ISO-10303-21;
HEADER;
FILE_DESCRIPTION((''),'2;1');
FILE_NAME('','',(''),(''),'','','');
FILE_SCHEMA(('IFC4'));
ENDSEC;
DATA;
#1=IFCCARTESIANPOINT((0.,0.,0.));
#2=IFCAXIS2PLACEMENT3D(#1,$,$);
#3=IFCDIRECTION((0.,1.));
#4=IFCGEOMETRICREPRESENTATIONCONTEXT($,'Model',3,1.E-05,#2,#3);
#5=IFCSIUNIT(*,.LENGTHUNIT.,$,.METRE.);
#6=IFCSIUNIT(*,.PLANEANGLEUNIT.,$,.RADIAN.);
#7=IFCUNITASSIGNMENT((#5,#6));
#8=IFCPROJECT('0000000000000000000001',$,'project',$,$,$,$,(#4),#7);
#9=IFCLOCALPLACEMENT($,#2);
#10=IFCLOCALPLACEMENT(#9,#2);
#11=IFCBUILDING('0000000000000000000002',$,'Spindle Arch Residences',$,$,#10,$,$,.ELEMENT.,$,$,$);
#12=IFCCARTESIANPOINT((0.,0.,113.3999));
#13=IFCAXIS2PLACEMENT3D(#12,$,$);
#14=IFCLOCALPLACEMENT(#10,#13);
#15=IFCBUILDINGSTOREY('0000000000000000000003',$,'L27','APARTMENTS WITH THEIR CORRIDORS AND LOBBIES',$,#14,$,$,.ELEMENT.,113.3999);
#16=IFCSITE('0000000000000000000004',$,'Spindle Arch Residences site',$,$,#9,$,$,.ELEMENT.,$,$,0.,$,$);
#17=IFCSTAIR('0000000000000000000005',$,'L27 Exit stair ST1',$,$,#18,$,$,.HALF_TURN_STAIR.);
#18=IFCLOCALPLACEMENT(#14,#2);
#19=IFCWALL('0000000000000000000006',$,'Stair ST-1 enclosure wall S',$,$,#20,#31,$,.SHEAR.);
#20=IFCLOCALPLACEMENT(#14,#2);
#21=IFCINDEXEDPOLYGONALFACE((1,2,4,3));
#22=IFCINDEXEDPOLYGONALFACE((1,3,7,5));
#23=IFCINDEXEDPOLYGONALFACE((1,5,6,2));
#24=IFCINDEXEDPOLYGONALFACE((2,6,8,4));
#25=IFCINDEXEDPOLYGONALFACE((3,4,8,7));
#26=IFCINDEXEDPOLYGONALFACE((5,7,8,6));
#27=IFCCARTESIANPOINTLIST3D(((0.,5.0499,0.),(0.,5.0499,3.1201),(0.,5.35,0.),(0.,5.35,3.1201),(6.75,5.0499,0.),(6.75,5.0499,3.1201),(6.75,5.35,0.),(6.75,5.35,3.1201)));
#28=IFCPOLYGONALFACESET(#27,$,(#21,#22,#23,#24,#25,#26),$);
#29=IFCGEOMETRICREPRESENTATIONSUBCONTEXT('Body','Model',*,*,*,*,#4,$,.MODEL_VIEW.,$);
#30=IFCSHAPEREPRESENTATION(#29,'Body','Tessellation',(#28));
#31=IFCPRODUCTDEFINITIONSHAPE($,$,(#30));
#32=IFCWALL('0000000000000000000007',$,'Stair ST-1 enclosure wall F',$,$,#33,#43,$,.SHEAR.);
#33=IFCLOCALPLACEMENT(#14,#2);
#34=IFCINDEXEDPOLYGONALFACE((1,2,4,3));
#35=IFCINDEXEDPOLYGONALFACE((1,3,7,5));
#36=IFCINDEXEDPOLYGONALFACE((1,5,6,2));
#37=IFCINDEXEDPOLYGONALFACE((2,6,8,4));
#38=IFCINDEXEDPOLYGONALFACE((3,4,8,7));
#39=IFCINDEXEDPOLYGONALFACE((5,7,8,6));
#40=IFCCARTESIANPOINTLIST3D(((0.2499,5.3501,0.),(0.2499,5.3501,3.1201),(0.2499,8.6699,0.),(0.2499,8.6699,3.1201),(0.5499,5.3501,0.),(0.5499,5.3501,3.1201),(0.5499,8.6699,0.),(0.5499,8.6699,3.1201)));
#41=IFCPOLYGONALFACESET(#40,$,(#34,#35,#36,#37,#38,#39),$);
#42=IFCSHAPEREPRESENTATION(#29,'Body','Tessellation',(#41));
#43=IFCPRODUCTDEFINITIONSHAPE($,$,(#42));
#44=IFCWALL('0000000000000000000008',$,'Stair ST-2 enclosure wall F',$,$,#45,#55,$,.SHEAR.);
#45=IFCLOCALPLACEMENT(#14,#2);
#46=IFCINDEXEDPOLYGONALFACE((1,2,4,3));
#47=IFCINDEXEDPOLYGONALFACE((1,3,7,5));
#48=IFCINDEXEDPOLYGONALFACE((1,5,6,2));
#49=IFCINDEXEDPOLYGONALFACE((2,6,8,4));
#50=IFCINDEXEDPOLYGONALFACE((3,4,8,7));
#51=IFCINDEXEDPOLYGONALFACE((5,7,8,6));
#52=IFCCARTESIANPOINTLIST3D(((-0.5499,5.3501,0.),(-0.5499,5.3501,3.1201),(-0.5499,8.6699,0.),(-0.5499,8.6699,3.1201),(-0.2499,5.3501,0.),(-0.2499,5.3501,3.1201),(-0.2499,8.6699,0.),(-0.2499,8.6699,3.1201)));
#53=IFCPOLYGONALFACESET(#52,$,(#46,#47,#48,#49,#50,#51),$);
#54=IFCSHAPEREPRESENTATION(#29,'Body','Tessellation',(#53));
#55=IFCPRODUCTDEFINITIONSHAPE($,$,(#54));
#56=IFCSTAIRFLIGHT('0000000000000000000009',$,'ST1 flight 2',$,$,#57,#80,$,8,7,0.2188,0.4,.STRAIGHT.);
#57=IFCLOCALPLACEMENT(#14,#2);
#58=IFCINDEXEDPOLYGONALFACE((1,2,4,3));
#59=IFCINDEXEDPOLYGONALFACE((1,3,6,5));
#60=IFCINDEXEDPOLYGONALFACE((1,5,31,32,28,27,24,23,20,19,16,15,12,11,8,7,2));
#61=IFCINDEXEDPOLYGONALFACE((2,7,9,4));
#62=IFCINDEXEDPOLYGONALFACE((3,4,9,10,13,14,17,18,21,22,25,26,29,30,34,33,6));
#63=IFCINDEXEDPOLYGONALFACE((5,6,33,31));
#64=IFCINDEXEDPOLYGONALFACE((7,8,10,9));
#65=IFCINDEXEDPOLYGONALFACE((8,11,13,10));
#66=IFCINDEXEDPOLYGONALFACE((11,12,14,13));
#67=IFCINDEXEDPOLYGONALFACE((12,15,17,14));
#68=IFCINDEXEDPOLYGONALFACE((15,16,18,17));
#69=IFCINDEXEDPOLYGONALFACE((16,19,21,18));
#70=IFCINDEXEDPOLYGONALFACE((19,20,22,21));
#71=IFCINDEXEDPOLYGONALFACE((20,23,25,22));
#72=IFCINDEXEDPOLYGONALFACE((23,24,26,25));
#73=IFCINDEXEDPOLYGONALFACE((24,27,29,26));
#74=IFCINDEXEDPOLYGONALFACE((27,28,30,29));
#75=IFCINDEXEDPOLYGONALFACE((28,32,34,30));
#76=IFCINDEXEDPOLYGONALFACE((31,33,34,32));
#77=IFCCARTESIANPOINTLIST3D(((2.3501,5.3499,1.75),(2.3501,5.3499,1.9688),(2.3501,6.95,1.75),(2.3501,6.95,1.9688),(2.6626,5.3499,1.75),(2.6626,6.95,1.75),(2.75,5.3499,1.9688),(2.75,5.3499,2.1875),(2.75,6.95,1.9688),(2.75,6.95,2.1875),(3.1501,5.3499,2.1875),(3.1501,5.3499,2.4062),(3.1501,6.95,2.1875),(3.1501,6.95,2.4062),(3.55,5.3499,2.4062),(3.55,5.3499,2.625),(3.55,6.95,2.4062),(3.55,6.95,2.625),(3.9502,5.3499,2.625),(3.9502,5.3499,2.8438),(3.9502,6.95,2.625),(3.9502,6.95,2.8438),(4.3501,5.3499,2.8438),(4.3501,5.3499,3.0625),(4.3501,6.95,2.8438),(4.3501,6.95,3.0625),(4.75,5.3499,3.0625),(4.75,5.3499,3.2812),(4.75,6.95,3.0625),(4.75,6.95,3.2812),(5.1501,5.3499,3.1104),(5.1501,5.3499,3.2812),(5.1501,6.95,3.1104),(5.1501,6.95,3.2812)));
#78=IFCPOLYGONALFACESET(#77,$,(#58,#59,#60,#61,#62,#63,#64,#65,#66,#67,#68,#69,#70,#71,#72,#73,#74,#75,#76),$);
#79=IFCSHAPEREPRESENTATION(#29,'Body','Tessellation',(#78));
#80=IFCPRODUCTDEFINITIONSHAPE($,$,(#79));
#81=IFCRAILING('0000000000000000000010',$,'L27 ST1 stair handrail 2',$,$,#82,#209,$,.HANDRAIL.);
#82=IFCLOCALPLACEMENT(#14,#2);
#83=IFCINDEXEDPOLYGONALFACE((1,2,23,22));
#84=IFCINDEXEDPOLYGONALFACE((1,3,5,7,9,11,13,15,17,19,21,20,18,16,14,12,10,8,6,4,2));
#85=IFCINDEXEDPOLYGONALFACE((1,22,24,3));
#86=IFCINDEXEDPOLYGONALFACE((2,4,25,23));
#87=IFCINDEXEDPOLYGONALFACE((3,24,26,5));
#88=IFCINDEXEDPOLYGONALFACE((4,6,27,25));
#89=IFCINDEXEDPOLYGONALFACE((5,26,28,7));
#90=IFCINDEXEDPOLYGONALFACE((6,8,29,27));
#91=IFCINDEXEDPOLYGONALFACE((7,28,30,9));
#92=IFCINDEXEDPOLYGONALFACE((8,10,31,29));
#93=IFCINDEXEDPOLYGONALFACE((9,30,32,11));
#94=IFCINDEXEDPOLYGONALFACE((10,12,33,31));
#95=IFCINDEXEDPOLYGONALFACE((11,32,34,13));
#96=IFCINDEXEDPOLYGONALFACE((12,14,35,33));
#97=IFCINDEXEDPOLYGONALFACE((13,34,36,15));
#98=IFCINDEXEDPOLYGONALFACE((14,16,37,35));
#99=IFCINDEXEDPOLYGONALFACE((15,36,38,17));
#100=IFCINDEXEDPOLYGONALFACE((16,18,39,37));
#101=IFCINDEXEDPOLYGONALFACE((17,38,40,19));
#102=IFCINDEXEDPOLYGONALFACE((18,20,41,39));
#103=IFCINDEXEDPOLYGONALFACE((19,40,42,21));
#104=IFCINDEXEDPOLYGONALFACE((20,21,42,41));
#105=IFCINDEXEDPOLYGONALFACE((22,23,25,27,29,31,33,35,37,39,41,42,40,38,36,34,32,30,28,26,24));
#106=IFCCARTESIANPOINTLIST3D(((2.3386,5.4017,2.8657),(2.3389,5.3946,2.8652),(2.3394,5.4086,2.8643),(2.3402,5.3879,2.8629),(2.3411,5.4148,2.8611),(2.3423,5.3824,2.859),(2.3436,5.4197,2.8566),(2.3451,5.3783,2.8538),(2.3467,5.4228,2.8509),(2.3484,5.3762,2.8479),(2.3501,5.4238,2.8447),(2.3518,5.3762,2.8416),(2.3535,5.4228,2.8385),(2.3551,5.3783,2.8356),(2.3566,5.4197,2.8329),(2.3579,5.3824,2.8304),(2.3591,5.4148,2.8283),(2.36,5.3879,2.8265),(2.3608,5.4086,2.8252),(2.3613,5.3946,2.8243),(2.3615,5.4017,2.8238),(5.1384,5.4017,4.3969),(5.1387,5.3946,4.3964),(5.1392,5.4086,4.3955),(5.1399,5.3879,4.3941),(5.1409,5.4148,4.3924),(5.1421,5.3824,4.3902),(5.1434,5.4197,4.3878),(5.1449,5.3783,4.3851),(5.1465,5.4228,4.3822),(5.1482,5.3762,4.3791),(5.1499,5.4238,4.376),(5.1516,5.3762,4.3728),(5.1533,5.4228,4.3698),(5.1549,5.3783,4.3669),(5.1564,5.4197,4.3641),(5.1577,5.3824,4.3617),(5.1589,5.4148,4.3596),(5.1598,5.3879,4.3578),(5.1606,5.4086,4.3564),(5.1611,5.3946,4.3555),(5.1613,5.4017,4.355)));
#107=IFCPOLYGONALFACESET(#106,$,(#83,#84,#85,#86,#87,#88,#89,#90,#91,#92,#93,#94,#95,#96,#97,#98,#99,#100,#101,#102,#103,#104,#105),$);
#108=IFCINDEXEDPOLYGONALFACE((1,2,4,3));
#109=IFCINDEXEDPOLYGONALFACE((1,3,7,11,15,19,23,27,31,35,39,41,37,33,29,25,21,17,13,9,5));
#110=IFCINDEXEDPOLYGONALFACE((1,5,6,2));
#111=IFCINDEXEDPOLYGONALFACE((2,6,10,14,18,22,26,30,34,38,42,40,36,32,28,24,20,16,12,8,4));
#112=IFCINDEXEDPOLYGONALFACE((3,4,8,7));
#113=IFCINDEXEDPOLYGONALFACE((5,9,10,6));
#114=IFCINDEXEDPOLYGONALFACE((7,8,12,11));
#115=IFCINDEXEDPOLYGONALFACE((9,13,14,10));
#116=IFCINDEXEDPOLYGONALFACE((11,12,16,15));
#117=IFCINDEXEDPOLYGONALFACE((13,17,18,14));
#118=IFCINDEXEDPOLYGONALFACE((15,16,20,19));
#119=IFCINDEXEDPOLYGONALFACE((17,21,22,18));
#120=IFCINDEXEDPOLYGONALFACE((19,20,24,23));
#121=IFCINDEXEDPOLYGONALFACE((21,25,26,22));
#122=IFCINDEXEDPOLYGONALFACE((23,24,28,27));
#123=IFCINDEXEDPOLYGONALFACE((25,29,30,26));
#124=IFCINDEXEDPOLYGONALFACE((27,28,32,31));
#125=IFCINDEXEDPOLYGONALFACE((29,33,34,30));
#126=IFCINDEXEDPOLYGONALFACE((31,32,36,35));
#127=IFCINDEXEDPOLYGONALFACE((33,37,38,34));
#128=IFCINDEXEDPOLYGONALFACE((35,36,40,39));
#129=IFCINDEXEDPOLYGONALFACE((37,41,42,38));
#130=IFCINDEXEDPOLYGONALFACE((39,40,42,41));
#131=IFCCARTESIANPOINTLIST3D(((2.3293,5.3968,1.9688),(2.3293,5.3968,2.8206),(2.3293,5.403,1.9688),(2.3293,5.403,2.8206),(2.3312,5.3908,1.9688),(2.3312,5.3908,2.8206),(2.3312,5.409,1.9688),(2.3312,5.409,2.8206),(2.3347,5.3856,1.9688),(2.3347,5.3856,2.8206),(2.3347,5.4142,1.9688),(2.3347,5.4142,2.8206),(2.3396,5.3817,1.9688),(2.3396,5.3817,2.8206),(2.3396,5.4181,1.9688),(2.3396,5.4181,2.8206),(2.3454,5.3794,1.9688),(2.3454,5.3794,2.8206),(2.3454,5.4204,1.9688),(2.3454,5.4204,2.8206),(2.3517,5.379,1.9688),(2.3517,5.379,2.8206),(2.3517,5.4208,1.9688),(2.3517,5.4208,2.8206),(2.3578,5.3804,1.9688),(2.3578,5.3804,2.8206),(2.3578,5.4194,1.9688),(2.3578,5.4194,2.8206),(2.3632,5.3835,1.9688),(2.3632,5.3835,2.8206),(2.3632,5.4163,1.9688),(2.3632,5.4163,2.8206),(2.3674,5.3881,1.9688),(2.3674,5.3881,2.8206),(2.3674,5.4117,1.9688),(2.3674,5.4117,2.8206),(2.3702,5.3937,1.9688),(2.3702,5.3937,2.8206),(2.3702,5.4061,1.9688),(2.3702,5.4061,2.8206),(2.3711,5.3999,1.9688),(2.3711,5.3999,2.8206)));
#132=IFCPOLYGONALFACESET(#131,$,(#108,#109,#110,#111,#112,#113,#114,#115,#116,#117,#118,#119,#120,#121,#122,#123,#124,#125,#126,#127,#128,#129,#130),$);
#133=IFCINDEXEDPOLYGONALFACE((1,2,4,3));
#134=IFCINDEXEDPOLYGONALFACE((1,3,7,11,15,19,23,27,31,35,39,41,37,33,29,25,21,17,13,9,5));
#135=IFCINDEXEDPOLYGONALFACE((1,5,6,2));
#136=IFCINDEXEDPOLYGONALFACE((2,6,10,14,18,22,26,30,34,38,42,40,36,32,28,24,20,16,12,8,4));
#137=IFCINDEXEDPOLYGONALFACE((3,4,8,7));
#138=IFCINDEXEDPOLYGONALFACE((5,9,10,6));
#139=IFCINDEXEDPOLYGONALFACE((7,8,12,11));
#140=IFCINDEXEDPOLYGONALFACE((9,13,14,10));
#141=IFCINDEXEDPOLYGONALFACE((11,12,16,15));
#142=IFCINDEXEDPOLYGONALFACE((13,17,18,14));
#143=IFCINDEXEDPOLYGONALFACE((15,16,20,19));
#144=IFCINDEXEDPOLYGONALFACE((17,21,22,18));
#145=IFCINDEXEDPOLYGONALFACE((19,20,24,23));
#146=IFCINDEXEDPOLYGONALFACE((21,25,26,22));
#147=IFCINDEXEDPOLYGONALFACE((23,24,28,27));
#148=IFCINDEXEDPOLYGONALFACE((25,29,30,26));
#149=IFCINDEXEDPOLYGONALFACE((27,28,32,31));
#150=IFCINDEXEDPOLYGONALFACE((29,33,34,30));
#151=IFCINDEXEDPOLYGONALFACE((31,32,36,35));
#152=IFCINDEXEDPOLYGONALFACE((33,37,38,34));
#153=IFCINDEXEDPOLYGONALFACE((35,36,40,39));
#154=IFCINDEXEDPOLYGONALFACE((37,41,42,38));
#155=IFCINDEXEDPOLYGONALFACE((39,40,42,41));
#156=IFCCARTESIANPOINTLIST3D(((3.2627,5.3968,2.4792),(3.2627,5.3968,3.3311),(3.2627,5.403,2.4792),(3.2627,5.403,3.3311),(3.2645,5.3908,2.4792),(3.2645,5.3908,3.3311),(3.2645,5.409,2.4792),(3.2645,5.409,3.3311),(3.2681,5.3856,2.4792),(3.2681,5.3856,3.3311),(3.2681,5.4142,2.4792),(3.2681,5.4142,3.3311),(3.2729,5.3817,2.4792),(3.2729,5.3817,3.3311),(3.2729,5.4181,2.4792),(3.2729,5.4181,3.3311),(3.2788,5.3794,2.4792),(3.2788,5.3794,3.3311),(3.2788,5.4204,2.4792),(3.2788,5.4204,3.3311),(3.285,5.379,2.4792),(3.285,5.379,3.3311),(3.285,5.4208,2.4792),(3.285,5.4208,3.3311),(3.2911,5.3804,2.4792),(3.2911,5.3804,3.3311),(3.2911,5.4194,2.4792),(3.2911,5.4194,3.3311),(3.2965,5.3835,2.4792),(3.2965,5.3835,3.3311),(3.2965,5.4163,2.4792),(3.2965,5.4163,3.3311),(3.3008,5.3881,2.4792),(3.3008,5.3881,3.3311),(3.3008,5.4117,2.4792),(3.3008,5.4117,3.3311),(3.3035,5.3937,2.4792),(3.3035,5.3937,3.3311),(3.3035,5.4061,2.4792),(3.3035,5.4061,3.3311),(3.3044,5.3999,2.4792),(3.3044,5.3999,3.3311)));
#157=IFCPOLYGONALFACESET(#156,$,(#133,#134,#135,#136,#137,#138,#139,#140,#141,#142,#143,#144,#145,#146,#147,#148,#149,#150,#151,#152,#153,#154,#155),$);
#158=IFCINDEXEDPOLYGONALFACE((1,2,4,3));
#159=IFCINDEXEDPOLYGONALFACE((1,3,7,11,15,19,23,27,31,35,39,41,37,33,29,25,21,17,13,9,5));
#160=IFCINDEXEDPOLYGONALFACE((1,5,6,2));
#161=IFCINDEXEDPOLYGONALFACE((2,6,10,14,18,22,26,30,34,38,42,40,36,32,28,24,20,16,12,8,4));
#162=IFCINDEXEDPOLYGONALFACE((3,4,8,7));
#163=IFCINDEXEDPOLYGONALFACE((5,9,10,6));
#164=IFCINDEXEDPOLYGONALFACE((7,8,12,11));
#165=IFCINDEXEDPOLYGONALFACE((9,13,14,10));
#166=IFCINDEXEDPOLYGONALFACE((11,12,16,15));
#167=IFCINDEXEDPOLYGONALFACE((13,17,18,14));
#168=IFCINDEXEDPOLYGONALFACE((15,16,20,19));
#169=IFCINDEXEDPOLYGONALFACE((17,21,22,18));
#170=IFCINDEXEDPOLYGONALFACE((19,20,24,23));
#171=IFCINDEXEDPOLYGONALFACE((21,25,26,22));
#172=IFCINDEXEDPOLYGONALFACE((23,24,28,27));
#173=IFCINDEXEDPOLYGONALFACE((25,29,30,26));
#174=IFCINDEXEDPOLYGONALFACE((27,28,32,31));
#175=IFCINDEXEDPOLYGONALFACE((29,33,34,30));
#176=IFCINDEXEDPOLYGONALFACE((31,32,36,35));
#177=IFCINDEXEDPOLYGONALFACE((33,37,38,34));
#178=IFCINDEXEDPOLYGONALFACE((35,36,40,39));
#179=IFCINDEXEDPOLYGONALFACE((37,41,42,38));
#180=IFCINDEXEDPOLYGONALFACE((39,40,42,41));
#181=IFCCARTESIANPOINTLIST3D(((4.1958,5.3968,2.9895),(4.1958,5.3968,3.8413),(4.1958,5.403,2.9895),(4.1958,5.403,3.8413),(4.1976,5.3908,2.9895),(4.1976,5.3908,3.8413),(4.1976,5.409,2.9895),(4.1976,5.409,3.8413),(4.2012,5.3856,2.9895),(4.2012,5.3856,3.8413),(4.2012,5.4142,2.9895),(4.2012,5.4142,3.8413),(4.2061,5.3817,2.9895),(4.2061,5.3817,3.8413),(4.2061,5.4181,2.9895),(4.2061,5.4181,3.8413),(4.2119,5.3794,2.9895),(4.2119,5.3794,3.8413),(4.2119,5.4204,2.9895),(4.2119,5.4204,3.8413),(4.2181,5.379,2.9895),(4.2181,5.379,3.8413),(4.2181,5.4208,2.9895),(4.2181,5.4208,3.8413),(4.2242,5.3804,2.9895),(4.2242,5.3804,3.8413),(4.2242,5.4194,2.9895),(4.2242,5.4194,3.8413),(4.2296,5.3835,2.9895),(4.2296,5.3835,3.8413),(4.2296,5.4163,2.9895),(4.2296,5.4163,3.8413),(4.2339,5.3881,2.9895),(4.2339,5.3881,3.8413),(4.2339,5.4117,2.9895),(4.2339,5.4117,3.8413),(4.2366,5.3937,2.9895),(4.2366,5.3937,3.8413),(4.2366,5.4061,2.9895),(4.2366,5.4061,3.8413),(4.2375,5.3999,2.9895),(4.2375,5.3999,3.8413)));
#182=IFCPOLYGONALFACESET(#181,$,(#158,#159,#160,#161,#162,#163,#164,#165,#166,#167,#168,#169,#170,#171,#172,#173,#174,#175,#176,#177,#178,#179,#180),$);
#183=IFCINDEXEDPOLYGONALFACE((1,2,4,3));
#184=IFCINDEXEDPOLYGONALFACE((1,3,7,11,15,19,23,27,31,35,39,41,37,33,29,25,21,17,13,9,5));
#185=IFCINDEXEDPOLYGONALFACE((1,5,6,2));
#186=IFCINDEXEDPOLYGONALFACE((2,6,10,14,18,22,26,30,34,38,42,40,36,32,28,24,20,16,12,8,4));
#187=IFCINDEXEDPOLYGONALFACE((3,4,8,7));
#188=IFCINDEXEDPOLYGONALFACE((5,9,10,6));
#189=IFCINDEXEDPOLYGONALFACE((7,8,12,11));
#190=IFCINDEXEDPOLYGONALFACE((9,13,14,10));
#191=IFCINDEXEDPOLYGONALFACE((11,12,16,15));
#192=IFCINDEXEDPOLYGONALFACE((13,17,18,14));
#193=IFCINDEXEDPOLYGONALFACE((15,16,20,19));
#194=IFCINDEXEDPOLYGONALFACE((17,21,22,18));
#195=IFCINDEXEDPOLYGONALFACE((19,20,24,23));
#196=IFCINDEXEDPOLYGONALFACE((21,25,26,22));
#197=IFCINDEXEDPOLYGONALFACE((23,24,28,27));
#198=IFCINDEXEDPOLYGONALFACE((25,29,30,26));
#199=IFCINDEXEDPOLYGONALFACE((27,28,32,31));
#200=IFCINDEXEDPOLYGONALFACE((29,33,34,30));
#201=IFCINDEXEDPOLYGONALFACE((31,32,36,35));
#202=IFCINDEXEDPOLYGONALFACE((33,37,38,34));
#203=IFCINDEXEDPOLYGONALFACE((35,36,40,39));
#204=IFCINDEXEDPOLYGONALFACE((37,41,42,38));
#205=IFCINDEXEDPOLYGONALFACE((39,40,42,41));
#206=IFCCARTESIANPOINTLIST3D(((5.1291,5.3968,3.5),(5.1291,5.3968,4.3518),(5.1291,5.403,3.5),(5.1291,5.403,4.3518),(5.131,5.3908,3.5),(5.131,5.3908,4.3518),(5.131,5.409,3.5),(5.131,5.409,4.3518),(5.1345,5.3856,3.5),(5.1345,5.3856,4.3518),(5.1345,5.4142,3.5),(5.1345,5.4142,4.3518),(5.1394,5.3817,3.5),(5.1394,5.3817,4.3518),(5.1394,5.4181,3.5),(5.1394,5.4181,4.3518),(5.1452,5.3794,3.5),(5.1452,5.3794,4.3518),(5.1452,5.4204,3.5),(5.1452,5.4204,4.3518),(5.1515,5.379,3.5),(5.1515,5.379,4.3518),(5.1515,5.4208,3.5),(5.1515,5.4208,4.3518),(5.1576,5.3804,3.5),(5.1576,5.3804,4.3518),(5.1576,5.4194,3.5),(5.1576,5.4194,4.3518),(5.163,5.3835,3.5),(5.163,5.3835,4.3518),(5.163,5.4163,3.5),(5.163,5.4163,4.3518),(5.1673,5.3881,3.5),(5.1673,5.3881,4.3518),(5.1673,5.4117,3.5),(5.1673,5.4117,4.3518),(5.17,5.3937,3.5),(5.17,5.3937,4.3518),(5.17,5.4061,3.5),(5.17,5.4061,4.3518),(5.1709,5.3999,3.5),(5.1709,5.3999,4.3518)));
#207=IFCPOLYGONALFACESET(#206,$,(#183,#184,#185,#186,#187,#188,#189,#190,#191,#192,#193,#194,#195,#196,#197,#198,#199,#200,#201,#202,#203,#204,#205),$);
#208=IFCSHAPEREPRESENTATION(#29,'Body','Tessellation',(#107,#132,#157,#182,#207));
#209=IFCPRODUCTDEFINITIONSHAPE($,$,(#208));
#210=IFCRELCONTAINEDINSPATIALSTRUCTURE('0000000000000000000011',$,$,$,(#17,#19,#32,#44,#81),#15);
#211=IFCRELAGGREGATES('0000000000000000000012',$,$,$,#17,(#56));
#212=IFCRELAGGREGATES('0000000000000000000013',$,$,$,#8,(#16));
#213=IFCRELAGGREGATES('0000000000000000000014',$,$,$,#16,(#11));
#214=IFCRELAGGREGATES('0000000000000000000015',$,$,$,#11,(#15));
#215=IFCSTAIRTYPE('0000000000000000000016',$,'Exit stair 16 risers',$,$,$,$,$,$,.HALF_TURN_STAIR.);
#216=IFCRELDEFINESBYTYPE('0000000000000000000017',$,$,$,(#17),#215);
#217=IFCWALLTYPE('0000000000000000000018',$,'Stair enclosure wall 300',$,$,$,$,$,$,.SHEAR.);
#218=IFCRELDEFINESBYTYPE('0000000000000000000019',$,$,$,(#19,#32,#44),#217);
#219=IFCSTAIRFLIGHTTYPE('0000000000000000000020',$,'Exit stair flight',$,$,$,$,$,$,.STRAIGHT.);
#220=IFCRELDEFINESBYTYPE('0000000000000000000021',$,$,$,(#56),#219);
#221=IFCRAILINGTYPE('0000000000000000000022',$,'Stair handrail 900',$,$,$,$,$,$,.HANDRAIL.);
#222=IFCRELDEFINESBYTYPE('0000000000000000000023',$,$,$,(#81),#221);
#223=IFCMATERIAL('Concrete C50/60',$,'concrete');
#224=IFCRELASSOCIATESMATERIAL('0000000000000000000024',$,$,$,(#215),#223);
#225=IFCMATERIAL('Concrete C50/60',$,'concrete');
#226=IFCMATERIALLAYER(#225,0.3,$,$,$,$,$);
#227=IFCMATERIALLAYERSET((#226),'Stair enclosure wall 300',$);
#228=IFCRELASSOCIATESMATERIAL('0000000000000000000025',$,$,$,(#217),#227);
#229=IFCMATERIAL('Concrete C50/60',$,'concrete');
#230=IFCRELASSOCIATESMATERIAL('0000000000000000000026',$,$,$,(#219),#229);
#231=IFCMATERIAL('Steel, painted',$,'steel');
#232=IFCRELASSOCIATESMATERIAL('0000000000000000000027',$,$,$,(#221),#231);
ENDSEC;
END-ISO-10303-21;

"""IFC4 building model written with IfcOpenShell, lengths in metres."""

from ifc_helpers import new_model, si_unit, direction, frame, frame_2d, origin, origin_2d, place, context, subcontext, project, spatial, polyline, rectangle, circle, outline, extrude, material, layer, layer_set, type_object, element, aggregate, save


model = new_model("IFC4")

# Units and contexts
model_context = context("Model", 3, precision=1e-05, world=origin(), true_north=direction((0.0, 1.0)))
body_context = subcontext(model_context, "Body", "Model", "MODEL_VIEW")
ifc_project = project(units=[si_unit("LENGTHUNIT", "METRE"), si_unit("PLANEANGLEUNIT", "RADIAN")], contexts=[model_context])

# Site, building, storey
site_placement = place(None, origin())
site = spatial("IfcSite", under=ifc_project, at=site_placement, Name="Spindle Arch Residences site", CompositionType="ELEMENT", RefElevation=0.0)
building_placement = place(site_placement, origin())
building = spatial("IfcBuilding", under=site, at=building_placement, Name="Spindle Arch Residences", CompositionType="ELEMENT")
storey_placement = place(building_placement, frame((0.0, 0.0, 113.3999)))
storey = spatial("IfcBuildingStorey", under=building, at=storey_placement, Name="L27", Description="APARTMENTS WITH THEIR CORRIDORS AND LOBBIES", CompositionType="ELEMENT", Elevation=113.3999)

# Stair
ifc_material_1 = material(Name="Concrete C50/60", Category="concrete")
stair_type = type_object("IfcStairType", Name="Exit stair 16 risers", PredefinedType="HALF_TURN_STAIR", material=ifc_material_1)
stair_1_placement = place(storey_placement, origin())
stair_1 = element("IfcStair", 1, at=stair_1_placement, inside=storey, type_object=stair_type, Name="L27 Exit stair ST1", PredefinedType="HALF_TURN_STAIR")

# Walls
ifc_material_2 = material(Name="Concrete C50/60", Category="concrete")
ifc_layer_1 = layer(ifc_material_2, 0.3)
ifc_layer_set_1 = layer_set([ifc_layer_1], Name="Stair enclosure wall 300")
wall_type_1 = type_object("IfcWallType", Name="Stair enclosure wall 300", PredefinedType="SHEAR", material=ifc_layer_set_1)
wall_1_placement = place(storey_placement, frame((0.0, 5.2, 0.0), z_axis=(0.0, 0.0, 1.0), x_axis=(1.0, 0.0, 0.0)))
element("IfcWall", 2, at=wall_1_placement, inside=storey, type_object=wall_type_1, Name="Stair ST-1 enclosure wall S", PredefinedType="SHEAR", context=body_context, shape_type="SweptSolid", body=[
    extrude(rectangle(XDim=6.75, YDim=0.3, at=frame_2d((3.375, 0.0))), origin(), (0.0, 0.0, 1.0), 3.1201),
])
for number, where, z_axis, x_axis, name in (
    (3, (0.3999, 5.3501, 0.0), (0.0, 0.0, 1.0), (0.0, 1.0, 0.0), "Stair ST-1 enclosure wall F"),
    (4, (-0.3999, 5.3501, 0.0), (0.0, 0.0, 1.0), (0.0, 1.0, 0.0), "Stair ST-2 enclosure wall F"),
):
    element("IfcWall", number, at=place(storey_placement, frame(where, z_axis=z_axis, x_axis=x_axis)), inside=storey, type_object=wall_type_1, Name=name, PredefinedType="SHEAR", context=body_context, shape_type="SweptSolid", body=[
        extrude(rectangle(XDim=3.3198, YDim=0.3, at=frame_2d((1.6599, 0.0))), origin(), (0.0, 0.0, 1.0), 3.1201),
    ])

# Stair flight
ifc_material_3 = material(Name="Concrete C50/60", Category="concrete")
stair_flight_type = type_object("IfcStairFlightType", Name="Exit stair flight", PredefinedType="STRAIGHT", material=ifc_material_3)
stair_flight_placement = place(storey_placement, frame((2.3501, 6.1499, 1.75), z_axis=(0.0, 0.0, 1.0), x_axis=(1.0, 0.0, 0.0)))
stair_flight = element("IfcStairFlight", 5, at=stair_flight_placement, type_object=stair_flight_type, Name="ST1 flight 2", NumberOfRisers=8, NumberOfTreads=7, PredefinedType="STRAIGHT", RiserHeight=0.2188, TreadLength=0.4, context=body_context, shape_type="SweptSolid", body=[
    extrude(outline(polyline([(0.0, 0.0), (0.0, 0.2188), (0.3999, 0.2188), (0.3999, 0.4375), (0.8, 0.4375), (0.8, 0.6562), (1.2, 0.6562), (1.2, 0.875), (1.6001, 0.875), (1.6001, 1.0938), (2.0, 1.0938), (2.0, 1.3125), (2.3999, 1.3125), (2.3999, 1.5312), (2.8, 1.5312), (2.8, 1.75), (2.8, 1.3604), (0.3125, 0.0), (0.0, 0.0)])), frame((0.0, 0.8, 0.0), z_axis=(0.0, -1.0, 0.0), x_axis=(1.0, 0.0, 0.0)), (0.0, 0.0, 1.0), 1.6001),
])
aggregate(stair_1, [stair_flight])

# Railing
ifc_material_4 = material(Name="Steel, painted", Category="steel")
railing_type_1 = type_object("IfcRailingType", Name="Stair handrail 900", PredefinedType="HANDRAIL", material=ifc_material_4)
railing_1_placement = place(storey_placement, frame((2.3501, 5.3999, 1.9688)))
element("IfcRailing", 6, at=railing_1_placement, inside=storey, type_object=railing_type_1, Name="L27 ST1 stair handrail 2", PredefinedType="HANDRAIL", context=body_context, shape_type="SweptSolid", body=[
    extrude(circle(Radius=0.0239, at=origin_2d()), frame((0.0, 0.0, 0.876), z_axis=(0.877357, 0.0, 0.479838), x_axis=(0.0, 1.0, 0.0)), (0.0, 0.0, 1.0), 3.1912),
    extrude(circle(Radius=0.021, at=origin_2d()), origin(), (0.0, 0.0, 1.0), 0.8518),
    extrude(circle(Radius=0.021, at=origin_2d()), frame((0.9333, 0.0, 0.5105)), (0.0, 0.0, 1.0), 0.8518),
    extrude(circle(Radius=0.021, at=origin_2d()), frame((1.8665, 0.0, 1.0208)), (0.0, 0.0, 1.0), 0.8518),
    extrude(circle(Radius=0.021, at=origin_2d()), frame((2.7998, 0.0, 1.5312)), (0.0, 0.0, 1.0), 0.8518),
])

save(model, "model.ifc")
